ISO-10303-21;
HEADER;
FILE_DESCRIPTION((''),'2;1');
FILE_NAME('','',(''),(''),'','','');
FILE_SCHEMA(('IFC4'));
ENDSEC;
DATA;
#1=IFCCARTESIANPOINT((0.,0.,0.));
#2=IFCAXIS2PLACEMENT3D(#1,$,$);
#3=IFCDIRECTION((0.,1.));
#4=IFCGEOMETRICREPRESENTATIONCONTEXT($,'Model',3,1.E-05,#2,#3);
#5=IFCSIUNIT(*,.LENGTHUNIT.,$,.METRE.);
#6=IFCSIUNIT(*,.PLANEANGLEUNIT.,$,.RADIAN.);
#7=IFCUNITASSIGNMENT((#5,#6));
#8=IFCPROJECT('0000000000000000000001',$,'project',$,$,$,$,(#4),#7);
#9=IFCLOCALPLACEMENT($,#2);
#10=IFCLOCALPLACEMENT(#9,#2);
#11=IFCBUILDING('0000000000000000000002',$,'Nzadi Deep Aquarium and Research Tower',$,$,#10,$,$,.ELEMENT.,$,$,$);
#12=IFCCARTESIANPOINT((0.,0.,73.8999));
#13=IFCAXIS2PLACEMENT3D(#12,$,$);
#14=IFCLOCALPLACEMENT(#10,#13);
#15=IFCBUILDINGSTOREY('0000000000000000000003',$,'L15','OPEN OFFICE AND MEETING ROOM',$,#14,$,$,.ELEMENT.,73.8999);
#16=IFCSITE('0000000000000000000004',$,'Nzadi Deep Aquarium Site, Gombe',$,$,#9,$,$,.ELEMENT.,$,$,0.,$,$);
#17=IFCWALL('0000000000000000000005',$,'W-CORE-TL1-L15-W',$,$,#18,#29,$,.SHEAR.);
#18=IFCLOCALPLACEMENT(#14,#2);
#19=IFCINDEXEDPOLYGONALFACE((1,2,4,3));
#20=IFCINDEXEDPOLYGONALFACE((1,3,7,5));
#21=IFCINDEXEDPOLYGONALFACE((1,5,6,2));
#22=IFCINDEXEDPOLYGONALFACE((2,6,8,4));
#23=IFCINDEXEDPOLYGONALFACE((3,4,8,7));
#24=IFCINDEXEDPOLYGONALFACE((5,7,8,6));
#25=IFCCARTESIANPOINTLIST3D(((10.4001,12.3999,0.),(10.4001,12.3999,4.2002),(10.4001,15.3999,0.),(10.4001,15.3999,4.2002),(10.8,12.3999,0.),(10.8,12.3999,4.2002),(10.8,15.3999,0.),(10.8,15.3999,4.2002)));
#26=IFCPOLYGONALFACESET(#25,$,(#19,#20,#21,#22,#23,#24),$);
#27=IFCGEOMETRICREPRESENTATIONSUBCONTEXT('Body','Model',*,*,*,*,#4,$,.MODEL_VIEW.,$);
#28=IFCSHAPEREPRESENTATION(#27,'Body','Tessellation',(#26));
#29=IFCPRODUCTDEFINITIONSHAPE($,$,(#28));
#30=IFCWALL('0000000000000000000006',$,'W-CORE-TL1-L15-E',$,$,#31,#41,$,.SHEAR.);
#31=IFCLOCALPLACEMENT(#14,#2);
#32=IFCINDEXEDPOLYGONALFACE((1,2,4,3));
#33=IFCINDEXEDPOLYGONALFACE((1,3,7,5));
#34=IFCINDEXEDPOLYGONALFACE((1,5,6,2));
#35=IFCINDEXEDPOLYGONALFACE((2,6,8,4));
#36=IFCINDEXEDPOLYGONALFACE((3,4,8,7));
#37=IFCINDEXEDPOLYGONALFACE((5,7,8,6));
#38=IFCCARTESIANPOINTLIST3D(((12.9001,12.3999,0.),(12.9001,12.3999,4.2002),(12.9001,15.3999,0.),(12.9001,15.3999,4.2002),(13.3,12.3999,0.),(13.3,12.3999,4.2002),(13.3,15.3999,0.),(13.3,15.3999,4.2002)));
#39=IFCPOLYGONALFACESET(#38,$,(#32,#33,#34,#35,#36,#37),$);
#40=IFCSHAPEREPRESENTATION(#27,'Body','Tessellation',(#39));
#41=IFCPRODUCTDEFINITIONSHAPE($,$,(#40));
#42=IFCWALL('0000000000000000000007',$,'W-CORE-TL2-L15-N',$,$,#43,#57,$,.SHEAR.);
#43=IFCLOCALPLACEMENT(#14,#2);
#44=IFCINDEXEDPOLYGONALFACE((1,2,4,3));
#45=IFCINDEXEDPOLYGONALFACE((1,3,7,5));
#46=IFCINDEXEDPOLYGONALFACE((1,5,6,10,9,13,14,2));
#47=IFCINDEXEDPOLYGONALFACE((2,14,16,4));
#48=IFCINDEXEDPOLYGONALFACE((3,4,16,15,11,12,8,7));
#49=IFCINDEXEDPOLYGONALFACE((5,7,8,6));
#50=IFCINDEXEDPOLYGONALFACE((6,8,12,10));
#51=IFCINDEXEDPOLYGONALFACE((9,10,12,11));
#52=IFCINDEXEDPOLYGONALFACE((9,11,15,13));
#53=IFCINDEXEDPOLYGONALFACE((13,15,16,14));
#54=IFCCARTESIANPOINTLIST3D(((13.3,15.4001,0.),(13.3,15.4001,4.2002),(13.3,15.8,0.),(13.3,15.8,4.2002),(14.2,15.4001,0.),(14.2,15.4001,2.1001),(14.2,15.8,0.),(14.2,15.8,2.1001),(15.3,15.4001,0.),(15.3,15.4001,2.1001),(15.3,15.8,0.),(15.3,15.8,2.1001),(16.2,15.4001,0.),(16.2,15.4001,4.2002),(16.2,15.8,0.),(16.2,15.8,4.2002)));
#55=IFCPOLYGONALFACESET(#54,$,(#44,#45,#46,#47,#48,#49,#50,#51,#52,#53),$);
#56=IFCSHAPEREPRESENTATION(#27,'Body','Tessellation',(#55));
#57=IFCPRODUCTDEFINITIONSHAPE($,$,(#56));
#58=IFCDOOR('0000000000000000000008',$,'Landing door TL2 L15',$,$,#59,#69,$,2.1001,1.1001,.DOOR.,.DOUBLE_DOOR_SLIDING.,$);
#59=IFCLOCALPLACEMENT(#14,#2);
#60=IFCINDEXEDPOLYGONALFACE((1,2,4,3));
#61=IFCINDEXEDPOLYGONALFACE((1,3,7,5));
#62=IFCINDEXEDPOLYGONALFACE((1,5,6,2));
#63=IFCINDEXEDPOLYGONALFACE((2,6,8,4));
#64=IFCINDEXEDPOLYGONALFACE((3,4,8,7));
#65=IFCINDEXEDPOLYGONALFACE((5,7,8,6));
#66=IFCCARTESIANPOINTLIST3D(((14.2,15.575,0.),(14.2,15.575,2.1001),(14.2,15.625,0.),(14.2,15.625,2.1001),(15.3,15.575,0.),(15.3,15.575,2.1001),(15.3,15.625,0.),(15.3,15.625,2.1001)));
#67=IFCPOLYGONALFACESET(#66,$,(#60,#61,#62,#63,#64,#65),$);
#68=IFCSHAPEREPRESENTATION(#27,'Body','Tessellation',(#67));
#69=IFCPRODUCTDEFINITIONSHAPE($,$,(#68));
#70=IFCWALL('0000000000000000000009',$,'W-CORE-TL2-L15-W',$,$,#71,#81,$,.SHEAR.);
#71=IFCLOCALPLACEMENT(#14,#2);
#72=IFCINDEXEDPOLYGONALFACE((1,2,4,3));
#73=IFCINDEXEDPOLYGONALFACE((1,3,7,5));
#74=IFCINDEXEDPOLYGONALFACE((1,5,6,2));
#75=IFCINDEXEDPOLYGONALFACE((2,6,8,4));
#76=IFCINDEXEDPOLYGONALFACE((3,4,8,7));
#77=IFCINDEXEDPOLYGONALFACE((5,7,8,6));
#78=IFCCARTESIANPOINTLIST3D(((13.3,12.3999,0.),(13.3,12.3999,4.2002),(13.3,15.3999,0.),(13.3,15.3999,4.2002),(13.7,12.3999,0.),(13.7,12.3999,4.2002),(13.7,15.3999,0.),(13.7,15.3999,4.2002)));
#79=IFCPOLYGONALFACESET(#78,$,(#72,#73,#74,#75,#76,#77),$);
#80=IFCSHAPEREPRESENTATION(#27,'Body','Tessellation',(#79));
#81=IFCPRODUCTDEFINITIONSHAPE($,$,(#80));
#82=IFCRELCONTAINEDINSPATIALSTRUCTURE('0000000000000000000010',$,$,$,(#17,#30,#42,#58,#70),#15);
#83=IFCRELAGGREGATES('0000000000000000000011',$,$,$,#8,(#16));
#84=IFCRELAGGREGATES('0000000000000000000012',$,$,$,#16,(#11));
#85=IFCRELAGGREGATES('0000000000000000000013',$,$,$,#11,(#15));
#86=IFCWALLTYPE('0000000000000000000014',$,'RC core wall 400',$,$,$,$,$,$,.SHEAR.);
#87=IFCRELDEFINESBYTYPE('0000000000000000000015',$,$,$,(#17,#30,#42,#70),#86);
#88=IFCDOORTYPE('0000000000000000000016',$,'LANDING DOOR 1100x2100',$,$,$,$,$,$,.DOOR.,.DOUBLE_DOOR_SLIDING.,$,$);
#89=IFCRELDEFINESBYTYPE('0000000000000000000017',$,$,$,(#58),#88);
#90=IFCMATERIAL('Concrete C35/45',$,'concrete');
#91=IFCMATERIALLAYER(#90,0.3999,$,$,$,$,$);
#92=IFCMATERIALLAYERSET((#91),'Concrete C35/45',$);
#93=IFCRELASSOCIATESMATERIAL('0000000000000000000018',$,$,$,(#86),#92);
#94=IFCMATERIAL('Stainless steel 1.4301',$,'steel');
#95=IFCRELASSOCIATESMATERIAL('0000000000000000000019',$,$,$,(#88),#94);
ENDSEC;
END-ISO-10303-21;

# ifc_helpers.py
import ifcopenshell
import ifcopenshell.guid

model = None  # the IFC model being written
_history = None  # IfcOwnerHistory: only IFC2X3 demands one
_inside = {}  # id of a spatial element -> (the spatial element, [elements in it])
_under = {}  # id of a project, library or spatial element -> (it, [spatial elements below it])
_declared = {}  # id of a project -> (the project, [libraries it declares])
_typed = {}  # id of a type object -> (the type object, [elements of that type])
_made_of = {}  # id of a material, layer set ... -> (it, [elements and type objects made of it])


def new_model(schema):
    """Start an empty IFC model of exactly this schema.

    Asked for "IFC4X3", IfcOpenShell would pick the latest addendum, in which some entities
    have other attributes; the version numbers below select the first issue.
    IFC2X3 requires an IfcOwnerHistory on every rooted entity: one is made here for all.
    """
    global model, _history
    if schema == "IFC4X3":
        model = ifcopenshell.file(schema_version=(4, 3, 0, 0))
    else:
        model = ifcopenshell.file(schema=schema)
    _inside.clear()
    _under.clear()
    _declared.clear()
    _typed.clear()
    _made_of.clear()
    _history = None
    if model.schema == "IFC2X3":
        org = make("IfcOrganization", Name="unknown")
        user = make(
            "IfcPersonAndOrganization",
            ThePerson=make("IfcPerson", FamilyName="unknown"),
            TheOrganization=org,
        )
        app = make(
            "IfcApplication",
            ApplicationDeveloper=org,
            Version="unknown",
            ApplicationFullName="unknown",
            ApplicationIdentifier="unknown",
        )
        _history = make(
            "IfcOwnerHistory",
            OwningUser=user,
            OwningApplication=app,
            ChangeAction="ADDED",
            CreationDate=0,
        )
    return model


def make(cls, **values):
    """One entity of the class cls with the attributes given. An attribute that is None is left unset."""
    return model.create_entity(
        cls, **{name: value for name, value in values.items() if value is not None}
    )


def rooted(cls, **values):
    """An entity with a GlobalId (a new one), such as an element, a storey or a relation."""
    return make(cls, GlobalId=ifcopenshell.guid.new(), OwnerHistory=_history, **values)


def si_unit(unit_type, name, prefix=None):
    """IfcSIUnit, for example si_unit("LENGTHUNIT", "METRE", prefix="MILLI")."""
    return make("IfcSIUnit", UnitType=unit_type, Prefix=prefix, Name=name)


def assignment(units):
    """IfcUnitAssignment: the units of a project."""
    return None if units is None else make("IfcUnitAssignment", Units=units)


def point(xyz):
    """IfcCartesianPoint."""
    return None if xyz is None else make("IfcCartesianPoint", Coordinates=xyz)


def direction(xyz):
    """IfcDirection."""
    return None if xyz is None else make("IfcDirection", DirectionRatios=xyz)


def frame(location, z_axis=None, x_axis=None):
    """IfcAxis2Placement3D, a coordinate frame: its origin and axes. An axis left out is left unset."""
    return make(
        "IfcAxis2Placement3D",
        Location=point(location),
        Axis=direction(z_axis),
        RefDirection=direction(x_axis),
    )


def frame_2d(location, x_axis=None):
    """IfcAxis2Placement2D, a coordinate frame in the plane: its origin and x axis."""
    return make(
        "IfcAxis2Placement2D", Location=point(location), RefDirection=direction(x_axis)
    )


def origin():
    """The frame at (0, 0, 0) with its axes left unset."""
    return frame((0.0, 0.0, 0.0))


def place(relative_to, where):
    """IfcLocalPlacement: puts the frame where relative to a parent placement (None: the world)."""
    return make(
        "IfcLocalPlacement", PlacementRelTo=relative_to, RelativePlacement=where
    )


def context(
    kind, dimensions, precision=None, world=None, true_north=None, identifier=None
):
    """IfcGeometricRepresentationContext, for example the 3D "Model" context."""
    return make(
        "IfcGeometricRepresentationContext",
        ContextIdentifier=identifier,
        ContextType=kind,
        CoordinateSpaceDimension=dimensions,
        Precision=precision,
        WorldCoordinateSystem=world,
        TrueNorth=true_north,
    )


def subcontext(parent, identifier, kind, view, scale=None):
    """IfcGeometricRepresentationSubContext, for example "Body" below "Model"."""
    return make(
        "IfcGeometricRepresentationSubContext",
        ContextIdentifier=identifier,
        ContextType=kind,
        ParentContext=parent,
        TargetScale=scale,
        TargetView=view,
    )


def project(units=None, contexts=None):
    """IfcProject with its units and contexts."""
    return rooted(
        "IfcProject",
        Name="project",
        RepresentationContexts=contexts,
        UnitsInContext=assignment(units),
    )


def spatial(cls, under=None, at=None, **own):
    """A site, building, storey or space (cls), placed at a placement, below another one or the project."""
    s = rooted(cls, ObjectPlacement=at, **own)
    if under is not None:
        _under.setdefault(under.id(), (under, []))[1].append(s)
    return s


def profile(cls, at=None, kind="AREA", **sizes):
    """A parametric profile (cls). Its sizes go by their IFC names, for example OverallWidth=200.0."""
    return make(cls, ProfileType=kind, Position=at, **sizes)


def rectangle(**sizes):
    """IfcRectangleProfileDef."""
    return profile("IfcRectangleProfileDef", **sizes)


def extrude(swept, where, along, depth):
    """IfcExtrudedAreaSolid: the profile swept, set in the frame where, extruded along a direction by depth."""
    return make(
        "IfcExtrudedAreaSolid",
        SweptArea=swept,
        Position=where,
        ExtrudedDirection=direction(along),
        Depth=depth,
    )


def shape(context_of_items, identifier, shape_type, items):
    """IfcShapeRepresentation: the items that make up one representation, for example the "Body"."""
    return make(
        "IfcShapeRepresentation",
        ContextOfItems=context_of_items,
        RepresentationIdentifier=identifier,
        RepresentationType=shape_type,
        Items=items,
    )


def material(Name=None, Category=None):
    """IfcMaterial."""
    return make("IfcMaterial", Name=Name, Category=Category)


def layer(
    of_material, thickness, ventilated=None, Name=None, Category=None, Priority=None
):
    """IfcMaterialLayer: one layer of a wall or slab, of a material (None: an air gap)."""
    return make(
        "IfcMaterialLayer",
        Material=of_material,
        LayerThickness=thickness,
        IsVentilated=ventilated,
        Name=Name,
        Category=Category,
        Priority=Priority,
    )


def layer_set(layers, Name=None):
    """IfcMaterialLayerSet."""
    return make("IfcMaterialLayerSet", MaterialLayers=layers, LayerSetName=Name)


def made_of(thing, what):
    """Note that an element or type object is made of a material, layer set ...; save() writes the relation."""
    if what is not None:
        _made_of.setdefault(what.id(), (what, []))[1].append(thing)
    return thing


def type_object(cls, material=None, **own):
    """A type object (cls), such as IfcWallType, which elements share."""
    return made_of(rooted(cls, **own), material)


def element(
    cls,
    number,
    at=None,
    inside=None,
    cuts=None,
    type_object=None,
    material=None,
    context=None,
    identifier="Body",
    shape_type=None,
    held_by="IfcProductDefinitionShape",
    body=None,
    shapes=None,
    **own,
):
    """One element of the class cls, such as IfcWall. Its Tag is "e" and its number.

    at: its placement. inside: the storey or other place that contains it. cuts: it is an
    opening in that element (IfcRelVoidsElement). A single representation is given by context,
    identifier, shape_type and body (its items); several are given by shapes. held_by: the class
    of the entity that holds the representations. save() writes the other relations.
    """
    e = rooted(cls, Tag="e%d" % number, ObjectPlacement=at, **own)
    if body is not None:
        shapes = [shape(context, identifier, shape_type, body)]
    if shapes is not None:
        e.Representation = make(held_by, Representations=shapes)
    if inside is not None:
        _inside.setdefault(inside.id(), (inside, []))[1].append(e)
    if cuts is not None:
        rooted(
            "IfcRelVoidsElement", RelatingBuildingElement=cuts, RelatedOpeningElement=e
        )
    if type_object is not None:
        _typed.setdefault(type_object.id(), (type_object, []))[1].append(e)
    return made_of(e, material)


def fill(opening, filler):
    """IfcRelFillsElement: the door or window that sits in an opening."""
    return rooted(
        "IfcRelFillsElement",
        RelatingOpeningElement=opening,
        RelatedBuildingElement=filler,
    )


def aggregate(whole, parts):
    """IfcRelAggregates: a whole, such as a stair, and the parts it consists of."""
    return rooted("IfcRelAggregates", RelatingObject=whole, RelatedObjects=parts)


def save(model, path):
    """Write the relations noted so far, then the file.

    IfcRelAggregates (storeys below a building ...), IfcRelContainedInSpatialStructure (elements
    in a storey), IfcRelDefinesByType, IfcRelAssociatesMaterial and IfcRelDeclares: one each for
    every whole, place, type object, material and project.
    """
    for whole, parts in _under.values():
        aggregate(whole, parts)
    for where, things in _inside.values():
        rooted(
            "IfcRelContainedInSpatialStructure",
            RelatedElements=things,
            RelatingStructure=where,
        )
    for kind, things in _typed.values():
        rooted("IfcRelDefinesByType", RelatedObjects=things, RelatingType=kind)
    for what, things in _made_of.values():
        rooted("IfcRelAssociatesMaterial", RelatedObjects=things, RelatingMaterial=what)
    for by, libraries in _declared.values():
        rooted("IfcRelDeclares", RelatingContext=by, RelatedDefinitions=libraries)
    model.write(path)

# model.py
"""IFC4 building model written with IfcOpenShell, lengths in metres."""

from ifc_helpers import new_model, si_unit, direction, frame, frame_2d, origin, place, context, subcontext, project, spatial, rectangle, extrude, material, layer, layer_set, type_object, element, fill, save


model = new_model("IFC4")

# Units and contexts
model_context = context("Model", 3, precision=1e-05, world=origin(), true_north=direction((0.0, 1.0)))
body_context = subcontext(model_context, "Body", "Model", "MODEL_VIEW")
ifc_project = project(units=[si_unit("LENGTHUNIT", "METRE"), si_unit("PLANEANGLEUNIT", "RADIAN")], contexts=[model_context])

# Site, building, storey
site_placement = place(None, origin())
site = spatial("IfcSite", under=ifc_project, at=site_placement, Name="Nzadi Deep Aquarium Site, Gombe", CompositionType="ELEMENT", RefElevation=0.0)
building_placement = place(site_placement, origin())
building = spatial("IfcBuilding", under=site, at=building_placement, Name="Nzadi Deep Aquarium and Research Tower", CompositionType="ELEMENT")
storey_placement = place(building_placement, frame((0.0, 0.0, 73.8999)))
storey = spatial("IfcBuildingStorey", under=building, at=storey_placement, Name="L15", Description="OPEN OFFICE AND MEETING ROOM", CompositionType="ELEMENT", Elevation=73.8999)

# Shared definitions
ifc_material_1 = material(Name="Concrete C35/45", Category="concrete")
ifc_layer_1 = layer(ifc_material_1, 0.3999)
ifc_layer_set_1 = layer_set([ifc_layer_1], Name="Concrete C35/45")
wall_type_1 = type_object("IfcWallType", Name="RC core wall 400", PredefinedType="SHEAR", material=ifc_layer_set_1)
ifc_material_2 = material(Name="Stainless steel 1.4301", Category="steel")
door_type_1 = type_object("IfcDoorType", Name="LANDING DOOR 1100x2100", OperationType="DOUBLE_DOOR_SLIDING", PredefinedType="DOOR", material=ifc_material_2)

# Walls
for number, where, z_axis, x_axis, name in (
    (1, (10.6001, 12.3999, 0.0), (0.0, 0.0, 1.0), (0.0, 1.0, 0.0), "W-CORE-TL1-L15-W"),
    (2, (13.1001, 12.3999, 0.0), (0.0, 0.0, 1.0), (0.0, 1.0, 0.0), "W-CORE-TL1-L15-E"),
):
    element("IfcWall", number, at=place(storey_placement, frame(where, z_axis=z_axis, x_axis=x_axis)), inside=storey, type_object=wall_type_1, Name=name, PredefinedType="SHEAR", context=body_context, shape_type="SweptSolid", body=[
        extrude(rectangle(XDim=3.0, YDim=0.3999, at=frame_2d((1.5, 0.0))), origin(), (0.0, 0.0, 1.0), 4.2002),
    ])

# Wall, opening, door
wall_1_placement = place(storey_placement, frame((13.3, 15.6001, 0.0), z_axis=(0.0, 0.0, 1.0), x_axis=(1.0, 0.0, 0.0)))
wall_1 = element("IfcWall", 3, at=wall_1_placement, inside=storey, type_object=wall_type_1, Name="W-CORE-TL2-L15-N", PredefinedType="SHEAR", context=body_context, shape_type="SweptSolid", body=[
    extrude(rectangle(XDim=2.8999, YDim=0.3999, at=frame_2d((1.45, 0.0))), origin(), (0.0, 0.0, 1.0), 4.2002),
])
opening_1_placement = place(wall_1_placement, frame((0.8999, 0.0, 0.0)))
opening_1 = element("IfcOpeningElement", 4, at=opening_1_placement, cuts=wall_1, PredefinedType="OPENING", context=body_context, shape_type="SweptSolid", body=[
    extrude(rectangle(XDim=1.1001, YDim=2.1001, at=frame_2d((0.55, 1.05))), frame((0.0, 0.21, 0.0), z_axis=(0.0, -1.0, 0.0), x_axis=(1.0, 0.0, 0.0)), (0.0, 0.0, 1.0), 0.4199),
])
door_1_placement = place(opening_1_placement, origin())
door_1 = element("IfcDoor", 5, at=door_1_placement, inside=storey, type_object=door_type_1, Name="Landing door TL2 L15", OperationType="DOUBLE_DOOR_SLIDING", OverallHeight=2.1001, OverallWidth=1.1001, PredefinedType="DOOR", context=body_context, shape_type="SweptSolid", body=[
    extrude(rectangle(XDim=1.1001, YDim=2.1001, at=frame_2d((0.55, 1.05))), frame((0.0, 0.0249, 0.0), z_axis=(0.0, -1.0, 0.0), x_axis=(1.0, 0.0, 0.0)), (0.0, 0.0, 1.0), 0.05),
])
fill(opening_1, door_1)

# Wall
wall_2_placement = place(storey_placement, frame((13.5, 12.3999, 0.0), z_axis=(0.0, 0.0, 1.0), x_axis=(0.0, 1.0, 0.0)))
element("IfcWall", 6, at=wall_2_placement, inside=storey, type_object=wall_type_1, Name="W-CORE-TL2-L15-W", PredefinedType="SHEAR", context=body_context, shape_type="SweptSolid", body=[
    extrude(rectangle(XDim=3.0, YDim=0.3999, at=frame_2d((1.5, 0.0))), origin(), (0.0, 0.0, 1.0), 4.2002),
])

save(model, "model.ifc")
